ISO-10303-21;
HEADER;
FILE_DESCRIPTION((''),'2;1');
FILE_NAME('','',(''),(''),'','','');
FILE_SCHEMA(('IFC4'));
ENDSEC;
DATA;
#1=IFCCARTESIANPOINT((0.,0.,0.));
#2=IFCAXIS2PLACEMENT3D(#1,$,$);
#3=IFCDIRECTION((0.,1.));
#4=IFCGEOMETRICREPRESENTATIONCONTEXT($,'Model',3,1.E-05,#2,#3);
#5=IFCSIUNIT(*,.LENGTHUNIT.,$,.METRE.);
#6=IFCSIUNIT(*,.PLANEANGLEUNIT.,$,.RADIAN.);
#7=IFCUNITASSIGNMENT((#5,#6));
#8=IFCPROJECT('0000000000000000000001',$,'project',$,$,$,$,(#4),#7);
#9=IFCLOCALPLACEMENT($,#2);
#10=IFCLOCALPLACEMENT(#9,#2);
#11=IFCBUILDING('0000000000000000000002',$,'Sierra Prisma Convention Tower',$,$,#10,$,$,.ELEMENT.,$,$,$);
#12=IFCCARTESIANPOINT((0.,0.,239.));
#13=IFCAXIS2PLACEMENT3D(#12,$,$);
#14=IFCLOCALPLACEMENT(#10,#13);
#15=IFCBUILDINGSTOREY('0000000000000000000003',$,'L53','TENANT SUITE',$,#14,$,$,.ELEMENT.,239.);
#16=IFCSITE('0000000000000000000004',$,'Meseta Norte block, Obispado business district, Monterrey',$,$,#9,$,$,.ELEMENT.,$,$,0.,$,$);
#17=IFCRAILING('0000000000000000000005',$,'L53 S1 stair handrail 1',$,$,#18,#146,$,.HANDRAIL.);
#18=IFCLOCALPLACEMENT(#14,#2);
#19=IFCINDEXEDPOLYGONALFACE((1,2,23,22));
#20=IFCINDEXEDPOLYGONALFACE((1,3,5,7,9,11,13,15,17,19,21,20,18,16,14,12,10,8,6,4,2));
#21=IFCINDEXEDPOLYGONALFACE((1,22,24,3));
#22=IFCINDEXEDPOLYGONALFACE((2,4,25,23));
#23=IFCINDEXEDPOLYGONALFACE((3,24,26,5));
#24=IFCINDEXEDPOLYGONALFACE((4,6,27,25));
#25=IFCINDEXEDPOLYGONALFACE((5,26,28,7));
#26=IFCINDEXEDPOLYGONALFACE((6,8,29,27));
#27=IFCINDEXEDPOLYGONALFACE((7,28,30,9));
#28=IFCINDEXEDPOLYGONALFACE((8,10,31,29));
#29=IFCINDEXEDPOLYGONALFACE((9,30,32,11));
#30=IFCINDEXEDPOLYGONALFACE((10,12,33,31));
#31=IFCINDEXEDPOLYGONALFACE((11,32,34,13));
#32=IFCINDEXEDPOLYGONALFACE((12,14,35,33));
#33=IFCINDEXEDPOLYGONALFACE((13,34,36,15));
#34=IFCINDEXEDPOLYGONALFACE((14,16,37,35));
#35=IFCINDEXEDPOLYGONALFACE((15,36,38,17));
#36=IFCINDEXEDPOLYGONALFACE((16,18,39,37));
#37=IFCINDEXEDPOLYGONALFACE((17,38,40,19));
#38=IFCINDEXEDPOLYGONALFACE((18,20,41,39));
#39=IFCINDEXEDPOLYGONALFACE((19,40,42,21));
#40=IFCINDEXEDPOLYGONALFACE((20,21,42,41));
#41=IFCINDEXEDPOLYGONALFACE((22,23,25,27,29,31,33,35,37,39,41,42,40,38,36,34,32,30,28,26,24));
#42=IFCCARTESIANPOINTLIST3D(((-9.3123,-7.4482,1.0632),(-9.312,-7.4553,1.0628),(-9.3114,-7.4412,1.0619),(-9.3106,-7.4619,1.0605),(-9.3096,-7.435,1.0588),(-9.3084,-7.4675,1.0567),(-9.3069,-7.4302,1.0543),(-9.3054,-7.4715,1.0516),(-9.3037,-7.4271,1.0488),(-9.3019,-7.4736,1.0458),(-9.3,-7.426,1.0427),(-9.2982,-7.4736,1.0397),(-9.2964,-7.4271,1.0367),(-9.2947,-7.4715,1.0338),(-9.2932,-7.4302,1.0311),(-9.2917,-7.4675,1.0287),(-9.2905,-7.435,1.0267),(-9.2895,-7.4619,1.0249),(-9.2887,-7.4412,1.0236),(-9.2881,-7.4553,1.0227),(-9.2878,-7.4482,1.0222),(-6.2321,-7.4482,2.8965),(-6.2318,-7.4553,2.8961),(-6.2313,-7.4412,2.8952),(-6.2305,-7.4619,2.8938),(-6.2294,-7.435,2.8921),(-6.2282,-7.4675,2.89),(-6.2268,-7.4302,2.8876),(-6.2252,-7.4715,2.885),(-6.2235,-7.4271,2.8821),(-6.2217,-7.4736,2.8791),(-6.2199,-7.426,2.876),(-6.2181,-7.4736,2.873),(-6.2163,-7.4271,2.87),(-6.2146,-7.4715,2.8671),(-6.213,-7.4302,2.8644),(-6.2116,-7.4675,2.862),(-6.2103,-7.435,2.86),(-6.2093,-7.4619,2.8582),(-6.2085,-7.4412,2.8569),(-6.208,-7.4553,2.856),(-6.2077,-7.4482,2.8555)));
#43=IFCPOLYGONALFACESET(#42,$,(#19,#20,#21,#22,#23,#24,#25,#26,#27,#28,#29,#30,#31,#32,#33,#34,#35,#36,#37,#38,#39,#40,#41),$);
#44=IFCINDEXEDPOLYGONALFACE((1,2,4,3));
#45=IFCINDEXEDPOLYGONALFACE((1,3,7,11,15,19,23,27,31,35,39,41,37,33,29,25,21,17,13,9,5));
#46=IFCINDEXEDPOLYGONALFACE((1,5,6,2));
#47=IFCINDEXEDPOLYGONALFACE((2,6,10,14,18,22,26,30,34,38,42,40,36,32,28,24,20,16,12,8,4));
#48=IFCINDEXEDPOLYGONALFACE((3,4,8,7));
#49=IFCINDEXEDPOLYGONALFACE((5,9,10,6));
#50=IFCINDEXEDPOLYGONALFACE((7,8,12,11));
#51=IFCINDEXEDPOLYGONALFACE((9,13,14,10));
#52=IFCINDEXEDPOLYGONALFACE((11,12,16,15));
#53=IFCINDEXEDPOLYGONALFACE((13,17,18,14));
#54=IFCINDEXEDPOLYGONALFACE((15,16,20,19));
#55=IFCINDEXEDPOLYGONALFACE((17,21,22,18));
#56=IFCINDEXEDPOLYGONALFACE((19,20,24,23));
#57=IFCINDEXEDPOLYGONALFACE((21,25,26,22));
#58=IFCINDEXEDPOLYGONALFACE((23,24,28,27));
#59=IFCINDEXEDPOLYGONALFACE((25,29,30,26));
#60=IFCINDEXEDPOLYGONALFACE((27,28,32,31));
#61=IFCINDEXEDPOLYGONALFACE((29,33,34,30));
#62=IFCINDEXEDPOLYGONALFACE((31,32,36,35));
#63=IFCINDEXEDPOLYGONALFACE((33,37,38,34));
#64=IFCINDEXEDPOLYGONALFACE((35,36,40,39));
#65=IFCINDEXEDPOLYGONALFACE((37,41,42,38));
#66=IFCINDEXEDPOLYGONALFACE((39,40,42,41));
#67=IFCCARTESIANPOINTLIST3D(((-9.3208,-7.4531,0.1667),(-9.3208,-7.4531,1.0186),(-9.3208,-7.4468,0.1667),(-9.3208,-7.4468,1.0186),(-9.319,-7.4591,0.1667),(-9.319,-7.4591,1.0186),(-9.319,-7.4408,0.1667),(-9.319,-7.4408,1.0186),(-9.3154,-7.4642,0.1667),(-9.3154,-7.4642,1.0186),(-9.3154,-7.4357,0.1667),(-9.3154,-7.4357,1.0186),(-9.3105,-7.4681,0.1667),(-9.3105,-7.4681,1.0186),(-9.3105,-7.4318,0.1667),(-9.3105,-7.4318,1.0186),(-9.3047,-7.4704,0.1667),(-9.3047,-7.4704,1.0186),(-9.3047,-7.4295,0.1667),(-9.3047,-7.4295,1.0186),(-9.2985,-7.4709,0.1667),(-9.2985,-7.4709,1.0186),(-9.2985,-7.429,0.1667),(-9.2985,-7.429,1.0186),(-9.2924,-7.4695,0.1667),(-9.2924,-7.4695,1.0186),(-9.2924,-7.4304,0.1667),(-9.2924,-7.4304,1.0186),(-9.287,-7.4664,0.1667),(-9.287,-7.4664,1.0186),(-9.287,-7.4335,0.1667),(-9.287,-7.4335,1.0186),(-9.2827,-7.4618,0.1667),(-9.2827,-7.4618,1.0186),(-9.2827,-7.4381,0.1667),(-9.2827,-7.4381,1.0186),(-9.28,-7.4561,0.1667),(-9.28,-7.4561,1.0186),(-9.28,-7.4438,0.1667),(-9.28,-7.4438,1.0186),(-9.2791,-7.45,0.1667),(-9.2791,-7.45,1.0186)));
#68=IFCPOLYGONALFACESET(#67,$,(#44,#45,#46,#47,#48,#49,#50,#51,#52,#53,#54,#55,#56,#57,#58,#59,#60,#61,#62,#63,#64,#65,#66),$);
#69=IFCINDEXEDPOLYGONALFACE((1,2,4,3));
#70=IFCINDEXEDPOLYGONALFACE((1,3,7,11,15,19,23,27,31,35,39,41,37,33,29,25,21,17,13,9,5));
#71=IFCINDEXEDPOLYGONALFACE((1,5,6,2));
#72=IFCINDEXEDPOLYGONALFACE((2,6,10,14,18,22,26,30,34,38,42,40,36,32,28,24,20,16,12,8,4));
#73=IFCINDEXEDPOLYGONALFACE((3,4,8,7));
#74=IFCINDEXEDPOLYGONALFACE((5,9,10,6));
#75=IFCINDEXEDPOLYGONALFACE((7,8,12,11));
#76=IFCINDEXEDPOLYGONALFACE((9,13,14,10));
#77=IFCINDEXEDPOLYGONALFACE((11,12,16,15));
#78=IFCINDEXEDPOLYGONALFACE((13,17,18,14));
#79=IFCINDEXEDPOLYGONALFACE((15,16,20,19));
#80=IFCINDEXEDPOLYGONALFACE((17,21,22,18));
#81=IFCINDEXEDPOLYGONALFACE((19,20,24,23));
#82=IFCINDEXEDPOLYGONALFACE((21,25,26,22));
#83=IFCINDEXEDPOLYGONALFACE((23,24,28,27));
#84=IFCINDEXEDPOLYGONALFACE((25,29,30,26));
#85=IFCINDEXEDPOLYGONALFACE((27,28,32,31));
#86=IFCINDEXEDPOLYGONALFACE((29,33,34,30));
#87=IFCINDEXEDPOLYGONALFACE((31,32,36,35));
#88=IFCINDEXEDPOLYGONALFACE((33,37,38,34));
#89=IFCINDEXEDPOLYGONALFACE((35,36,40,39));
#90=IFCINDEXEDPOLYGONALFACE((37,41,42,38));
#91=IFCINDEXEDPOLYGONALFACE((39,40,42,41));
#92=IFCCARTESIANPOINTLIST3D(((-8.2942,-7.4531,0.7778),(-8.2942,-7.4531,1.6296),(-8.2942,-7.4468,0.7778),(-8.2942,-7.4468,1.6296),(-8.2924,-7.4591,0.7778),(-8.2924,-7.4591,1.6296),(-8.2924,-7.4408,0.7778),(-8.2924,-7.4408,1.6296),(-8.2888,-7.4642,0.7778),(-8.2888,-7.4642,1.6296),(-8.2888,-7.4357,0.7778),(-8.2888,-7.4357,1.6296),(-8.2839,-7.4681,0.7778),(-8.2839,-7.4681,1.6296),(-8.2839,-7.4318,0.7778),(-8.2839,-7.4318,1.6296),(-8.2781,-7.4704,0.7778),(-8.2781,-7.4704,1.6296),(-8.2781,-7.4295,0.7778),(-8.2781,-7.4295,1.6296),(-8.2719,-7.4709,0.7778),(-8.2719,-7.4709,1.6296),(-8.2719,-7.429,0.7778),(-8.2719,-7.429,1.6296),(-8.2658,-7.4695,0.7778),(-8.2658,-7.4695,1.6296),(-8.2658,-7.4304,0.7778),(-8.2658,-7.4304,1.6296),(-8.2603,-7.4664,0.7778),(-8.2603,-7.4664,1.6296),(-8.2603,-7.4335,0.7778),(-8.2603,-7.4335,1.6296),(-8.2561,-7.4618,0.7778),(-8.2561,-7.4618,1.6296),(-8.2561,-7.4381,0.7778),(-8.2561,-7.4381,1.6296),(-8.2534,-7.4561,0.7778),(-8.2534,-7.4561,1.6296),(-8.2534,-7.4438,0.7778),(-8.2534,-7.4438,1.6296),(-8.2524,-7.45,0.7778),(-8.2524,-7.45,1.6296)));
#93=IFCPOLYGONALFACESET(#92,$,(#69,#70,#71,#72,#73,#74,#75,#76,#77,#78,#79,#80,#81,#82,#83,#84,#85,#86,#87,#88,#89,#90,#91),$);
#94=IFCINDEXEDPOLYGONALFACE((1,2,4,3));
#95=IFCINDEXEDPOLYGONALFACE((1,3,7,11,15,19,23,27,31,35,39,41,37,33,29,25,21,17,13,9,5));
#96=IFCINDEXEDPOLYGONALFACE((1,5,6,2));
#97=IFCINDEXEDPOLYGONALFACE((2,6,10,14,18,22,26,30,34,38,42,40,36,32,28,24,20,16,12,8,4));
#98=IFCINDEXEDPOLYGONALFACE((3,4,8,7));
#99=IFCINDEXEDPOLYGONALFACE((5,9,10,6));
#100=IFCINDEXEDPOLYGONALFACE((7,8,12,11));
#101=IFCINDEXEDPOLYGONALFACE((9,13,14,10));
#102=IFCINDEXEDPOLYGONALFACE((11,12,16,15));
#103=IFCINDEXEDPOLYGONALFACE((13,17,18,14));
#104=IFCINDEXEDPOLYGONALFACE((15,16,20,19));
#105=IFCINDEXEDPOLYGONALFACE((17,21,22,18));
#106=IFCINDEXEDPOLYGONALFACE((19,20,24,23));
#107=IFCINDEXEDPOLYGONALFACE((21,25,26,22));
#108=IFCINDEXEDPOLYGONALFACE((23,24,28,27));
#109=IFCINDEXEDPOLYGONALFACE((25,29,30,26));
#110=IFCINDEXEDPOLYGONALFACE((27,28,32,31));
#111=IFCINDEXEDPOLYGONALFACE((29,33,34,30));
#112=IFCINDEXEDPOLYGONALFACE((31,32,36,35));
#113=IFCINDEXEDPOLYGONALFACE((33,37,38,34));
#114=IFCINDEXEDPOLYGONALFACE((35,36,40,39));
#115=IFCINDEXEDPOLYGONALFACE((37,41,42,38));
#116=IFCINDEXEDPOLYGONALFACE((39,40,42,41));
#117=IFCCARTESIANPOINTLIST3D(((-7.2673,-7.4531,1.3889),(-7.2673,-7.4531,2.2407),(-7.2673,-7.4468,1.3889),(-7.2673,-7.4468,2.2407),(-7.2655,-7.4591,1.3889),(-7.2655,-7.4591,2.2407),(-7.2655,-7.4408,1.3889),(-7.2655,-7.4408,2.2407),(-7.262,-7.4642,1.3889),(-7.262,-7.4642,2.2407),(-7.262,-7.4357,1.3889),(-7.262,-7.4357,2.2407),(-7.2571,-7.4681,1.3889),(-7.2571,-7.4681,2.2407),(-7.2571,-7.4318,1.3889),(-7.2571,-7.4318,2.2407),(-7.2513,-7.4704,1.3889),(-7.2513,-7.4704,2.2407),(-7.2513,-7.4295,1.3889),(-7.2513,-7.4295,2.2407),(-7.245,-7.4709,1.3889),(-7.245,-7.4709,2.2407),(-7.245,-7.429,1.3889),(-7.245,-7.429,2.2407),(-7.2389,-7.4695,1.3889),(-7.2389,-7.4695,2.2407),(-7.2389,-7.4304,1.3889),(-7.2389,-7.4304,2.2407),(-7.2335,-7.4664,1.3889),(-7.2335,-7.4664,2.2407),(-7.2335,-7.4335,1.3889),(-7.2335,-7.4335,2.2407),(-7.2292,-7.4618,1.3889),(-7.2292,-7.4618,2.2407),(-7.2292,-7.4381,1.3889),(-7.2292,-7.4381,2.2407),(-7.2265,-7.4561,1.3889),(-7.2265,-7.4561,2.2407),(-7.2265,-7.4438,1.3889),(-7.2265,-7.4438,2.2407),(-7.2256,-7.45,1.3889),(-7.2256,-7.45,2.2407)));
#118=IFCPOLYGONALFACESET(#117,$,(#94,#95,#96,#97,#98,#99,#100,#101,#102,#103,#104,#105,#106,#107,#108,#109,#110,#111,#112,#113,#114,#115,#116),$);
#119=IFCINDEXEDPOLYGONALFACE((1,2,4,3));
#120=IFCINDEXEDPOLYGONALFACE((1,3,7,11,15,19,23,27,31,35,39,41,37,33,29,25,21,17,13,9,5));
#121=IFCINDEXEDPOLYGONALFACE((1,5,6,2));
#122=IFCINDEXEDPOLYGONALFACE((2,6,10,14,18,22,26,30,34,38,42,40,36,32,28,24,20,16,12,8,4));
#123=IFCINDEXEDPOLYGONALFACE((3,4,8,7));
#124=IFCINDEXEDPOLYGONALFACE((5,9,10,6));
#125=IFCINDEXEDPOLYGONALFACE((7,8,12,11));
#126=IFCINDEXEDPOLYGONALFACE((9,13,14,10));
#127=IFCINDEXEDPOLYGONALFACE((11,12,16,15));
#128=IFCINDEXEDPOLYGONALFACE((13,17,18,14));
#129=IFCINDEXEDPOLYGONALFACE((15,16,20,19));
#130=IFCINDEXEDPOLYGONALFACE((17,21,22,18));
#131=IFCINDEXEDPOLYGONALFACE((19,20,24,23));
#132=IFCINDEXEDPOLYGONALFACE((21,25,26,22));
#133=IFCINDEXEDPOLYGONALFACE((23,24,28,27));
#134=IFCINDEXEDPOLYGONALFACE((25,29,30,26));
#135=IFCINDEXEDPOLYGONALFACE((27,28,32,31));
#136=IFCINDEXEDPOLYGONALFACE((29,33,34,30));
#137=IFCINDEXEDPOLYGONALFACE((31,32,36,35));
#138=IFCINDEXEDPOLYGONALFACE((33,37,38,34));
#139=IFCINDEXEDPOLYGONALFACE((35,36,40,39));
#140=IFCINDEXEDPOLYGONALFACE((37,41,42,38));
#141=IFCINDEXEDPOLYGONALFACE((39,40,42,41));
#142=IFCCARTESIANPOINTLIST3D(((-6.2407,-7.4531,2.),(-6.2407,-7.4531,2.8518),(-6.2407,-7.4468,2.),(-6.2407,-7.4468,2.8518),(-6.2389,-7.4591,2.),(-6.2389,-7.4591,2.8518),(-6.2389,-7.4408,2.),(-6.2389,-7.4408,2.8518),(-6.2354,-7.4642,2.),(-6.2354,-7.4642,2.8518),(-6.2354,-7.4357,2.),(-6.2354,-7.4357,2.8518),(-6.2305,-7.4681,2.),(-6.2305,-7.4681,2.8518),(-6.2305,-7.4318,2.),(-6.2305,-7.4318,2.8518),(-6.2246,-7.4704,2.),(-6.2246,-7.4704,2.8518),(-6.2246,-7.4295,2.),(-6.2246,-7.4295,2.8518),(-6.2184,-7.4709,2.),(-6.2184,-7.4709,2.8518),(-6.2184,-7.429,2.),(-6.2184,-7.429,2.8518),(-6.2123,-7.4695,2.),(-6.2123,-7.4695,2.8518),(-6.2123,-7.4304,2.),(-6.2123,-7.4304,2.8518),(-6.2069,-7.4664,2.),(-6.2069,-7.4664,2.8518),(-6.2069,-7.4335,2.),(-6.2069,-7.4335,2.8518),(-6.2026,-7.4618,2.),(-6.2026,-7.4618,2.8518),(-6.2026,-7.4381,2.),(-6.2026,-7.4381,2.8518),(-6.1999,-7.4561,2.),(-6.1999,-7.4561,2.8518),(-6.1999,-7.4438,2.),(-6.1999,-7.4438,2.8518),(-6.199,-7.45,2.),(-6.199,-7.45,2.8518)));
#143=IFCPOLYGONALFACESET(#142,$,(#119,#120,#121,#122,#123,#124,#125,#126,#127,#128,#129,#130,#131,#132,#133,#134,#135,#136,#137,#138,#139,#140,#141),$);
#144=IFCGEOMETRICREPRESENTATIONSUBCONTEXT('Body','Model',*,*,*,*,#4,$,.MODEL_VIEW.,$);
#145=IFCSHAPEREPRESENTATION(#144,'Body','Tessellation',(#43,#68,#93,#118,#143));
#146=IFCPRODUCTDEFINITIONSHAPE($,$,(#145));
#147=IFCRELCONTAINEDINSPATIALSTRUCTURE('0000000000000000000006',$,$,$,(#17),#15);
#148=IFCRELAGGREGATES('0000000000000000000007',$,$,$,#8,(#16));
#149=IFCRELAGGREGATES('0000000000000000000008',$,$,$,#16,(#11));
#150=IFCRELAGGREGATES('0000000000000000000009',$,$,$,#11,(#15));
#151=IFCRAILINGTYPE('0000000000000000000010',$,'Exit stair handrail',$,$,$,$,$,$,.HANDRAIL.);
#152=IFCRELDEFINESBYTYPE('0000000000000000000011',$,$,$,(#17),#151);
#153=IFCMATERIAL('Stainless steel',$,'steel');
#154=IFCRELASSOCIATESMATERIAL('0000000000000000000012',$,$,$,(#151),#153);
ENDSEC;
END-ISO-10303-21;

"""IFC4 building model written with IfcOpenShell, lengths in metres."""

from ifc_helpers import new_model, si_unit, direction, frame, origin, origin_2d, place, context, subcontext, project, spatial, circle, extrude, material, type_object, element, save


model = new_model("IFC4")

# Units and contexts
model_context = context("Model", 3, precision=1e-05, world=origin(), true_north=direction((0.0, 1.0)))
body_context = subcontext(model_context, "Body", "Model", "MODEL_VIEW")
ifc_project = project(units=[si_unit("LENGTHUNIT", "METRE"), si_unit("PLANEANGLEUNIT", "RADIAN")], contexts=[model_context])

# Site, building, storey
site_placement = place(None, origin())
site = spatial("IfcSite", under=ifc_project, at=site_placement, Name="Meseta Norte block, Obispado business district, Monterrey", CompositionType="ELEMENT", RefElevation=0.0)
building_placement = place(site_placement, origin())
building = spatial("IfcBuilding", under=site, at=building_placement, Name="Sierra Prisma Convention Tower", CompositionType="ELEMENT")
storey_placement = place(building_placement, frame((0.0, 0.0, 239.0)))
storey = spatial("IfcBuildingStorey", under=building, at=storey_placement, Name="L53", Description="TENANT SUITE", CompositionType="ELEMENT", Elevation=239.0)

# Railing
ifc_material_1 = material(Name="Stainless steel", Category="steel")
railing_type_1 = type_object("IfcRailingType", Name="Exit stair handrail", PredefinedType="HANDRAIL", material=ifc_material_1)
railing_1_placement = place(storey_placement, frame((-9.3, -7.45, 0.1667)))
element("IfcRailing", 1, at=railing_1_placement, inside=storey, type_object=railing_type_1, Name="L53 S1 stair handrail 1", PredefinedType="HANDRAIL", context=body_context, shape_type="SweptSolid", body=[
    extrude(circle(Radius=0.0239, at=origin_2d()), frame((0.0, 0.0, 0.876), z_axis=(0.859309, 0.0, 0.511458), x_axis=(0.0, 1.0, 0.0)), (0.0, 0.0, 1.0), 3.5845),
    extrude(circle(Radius=0.021, at=origin_2d()), origin(), (0.0, 0.0, 1.0), 0.8518),
    extrude(circle(Radius=0.021, at=origin_2d()), frame((1.0266, 0.0, 0.6111)), (0.0, 0.0, 1.0), 0.8518),
    extrude(circle(Radius=0.021, at=origin_2d()), frame((2.0535, 0.0, 1.2222)), (0.0, 0.0, 1.0), 0.8518),
    extrude(circle(Radius=0.021, at=origin_2d()), frame((3.0801, 0.0, 1.8333)), (0.0, 0.0, 1.0), 0.8518),
])

save(model, "model.ifc")
